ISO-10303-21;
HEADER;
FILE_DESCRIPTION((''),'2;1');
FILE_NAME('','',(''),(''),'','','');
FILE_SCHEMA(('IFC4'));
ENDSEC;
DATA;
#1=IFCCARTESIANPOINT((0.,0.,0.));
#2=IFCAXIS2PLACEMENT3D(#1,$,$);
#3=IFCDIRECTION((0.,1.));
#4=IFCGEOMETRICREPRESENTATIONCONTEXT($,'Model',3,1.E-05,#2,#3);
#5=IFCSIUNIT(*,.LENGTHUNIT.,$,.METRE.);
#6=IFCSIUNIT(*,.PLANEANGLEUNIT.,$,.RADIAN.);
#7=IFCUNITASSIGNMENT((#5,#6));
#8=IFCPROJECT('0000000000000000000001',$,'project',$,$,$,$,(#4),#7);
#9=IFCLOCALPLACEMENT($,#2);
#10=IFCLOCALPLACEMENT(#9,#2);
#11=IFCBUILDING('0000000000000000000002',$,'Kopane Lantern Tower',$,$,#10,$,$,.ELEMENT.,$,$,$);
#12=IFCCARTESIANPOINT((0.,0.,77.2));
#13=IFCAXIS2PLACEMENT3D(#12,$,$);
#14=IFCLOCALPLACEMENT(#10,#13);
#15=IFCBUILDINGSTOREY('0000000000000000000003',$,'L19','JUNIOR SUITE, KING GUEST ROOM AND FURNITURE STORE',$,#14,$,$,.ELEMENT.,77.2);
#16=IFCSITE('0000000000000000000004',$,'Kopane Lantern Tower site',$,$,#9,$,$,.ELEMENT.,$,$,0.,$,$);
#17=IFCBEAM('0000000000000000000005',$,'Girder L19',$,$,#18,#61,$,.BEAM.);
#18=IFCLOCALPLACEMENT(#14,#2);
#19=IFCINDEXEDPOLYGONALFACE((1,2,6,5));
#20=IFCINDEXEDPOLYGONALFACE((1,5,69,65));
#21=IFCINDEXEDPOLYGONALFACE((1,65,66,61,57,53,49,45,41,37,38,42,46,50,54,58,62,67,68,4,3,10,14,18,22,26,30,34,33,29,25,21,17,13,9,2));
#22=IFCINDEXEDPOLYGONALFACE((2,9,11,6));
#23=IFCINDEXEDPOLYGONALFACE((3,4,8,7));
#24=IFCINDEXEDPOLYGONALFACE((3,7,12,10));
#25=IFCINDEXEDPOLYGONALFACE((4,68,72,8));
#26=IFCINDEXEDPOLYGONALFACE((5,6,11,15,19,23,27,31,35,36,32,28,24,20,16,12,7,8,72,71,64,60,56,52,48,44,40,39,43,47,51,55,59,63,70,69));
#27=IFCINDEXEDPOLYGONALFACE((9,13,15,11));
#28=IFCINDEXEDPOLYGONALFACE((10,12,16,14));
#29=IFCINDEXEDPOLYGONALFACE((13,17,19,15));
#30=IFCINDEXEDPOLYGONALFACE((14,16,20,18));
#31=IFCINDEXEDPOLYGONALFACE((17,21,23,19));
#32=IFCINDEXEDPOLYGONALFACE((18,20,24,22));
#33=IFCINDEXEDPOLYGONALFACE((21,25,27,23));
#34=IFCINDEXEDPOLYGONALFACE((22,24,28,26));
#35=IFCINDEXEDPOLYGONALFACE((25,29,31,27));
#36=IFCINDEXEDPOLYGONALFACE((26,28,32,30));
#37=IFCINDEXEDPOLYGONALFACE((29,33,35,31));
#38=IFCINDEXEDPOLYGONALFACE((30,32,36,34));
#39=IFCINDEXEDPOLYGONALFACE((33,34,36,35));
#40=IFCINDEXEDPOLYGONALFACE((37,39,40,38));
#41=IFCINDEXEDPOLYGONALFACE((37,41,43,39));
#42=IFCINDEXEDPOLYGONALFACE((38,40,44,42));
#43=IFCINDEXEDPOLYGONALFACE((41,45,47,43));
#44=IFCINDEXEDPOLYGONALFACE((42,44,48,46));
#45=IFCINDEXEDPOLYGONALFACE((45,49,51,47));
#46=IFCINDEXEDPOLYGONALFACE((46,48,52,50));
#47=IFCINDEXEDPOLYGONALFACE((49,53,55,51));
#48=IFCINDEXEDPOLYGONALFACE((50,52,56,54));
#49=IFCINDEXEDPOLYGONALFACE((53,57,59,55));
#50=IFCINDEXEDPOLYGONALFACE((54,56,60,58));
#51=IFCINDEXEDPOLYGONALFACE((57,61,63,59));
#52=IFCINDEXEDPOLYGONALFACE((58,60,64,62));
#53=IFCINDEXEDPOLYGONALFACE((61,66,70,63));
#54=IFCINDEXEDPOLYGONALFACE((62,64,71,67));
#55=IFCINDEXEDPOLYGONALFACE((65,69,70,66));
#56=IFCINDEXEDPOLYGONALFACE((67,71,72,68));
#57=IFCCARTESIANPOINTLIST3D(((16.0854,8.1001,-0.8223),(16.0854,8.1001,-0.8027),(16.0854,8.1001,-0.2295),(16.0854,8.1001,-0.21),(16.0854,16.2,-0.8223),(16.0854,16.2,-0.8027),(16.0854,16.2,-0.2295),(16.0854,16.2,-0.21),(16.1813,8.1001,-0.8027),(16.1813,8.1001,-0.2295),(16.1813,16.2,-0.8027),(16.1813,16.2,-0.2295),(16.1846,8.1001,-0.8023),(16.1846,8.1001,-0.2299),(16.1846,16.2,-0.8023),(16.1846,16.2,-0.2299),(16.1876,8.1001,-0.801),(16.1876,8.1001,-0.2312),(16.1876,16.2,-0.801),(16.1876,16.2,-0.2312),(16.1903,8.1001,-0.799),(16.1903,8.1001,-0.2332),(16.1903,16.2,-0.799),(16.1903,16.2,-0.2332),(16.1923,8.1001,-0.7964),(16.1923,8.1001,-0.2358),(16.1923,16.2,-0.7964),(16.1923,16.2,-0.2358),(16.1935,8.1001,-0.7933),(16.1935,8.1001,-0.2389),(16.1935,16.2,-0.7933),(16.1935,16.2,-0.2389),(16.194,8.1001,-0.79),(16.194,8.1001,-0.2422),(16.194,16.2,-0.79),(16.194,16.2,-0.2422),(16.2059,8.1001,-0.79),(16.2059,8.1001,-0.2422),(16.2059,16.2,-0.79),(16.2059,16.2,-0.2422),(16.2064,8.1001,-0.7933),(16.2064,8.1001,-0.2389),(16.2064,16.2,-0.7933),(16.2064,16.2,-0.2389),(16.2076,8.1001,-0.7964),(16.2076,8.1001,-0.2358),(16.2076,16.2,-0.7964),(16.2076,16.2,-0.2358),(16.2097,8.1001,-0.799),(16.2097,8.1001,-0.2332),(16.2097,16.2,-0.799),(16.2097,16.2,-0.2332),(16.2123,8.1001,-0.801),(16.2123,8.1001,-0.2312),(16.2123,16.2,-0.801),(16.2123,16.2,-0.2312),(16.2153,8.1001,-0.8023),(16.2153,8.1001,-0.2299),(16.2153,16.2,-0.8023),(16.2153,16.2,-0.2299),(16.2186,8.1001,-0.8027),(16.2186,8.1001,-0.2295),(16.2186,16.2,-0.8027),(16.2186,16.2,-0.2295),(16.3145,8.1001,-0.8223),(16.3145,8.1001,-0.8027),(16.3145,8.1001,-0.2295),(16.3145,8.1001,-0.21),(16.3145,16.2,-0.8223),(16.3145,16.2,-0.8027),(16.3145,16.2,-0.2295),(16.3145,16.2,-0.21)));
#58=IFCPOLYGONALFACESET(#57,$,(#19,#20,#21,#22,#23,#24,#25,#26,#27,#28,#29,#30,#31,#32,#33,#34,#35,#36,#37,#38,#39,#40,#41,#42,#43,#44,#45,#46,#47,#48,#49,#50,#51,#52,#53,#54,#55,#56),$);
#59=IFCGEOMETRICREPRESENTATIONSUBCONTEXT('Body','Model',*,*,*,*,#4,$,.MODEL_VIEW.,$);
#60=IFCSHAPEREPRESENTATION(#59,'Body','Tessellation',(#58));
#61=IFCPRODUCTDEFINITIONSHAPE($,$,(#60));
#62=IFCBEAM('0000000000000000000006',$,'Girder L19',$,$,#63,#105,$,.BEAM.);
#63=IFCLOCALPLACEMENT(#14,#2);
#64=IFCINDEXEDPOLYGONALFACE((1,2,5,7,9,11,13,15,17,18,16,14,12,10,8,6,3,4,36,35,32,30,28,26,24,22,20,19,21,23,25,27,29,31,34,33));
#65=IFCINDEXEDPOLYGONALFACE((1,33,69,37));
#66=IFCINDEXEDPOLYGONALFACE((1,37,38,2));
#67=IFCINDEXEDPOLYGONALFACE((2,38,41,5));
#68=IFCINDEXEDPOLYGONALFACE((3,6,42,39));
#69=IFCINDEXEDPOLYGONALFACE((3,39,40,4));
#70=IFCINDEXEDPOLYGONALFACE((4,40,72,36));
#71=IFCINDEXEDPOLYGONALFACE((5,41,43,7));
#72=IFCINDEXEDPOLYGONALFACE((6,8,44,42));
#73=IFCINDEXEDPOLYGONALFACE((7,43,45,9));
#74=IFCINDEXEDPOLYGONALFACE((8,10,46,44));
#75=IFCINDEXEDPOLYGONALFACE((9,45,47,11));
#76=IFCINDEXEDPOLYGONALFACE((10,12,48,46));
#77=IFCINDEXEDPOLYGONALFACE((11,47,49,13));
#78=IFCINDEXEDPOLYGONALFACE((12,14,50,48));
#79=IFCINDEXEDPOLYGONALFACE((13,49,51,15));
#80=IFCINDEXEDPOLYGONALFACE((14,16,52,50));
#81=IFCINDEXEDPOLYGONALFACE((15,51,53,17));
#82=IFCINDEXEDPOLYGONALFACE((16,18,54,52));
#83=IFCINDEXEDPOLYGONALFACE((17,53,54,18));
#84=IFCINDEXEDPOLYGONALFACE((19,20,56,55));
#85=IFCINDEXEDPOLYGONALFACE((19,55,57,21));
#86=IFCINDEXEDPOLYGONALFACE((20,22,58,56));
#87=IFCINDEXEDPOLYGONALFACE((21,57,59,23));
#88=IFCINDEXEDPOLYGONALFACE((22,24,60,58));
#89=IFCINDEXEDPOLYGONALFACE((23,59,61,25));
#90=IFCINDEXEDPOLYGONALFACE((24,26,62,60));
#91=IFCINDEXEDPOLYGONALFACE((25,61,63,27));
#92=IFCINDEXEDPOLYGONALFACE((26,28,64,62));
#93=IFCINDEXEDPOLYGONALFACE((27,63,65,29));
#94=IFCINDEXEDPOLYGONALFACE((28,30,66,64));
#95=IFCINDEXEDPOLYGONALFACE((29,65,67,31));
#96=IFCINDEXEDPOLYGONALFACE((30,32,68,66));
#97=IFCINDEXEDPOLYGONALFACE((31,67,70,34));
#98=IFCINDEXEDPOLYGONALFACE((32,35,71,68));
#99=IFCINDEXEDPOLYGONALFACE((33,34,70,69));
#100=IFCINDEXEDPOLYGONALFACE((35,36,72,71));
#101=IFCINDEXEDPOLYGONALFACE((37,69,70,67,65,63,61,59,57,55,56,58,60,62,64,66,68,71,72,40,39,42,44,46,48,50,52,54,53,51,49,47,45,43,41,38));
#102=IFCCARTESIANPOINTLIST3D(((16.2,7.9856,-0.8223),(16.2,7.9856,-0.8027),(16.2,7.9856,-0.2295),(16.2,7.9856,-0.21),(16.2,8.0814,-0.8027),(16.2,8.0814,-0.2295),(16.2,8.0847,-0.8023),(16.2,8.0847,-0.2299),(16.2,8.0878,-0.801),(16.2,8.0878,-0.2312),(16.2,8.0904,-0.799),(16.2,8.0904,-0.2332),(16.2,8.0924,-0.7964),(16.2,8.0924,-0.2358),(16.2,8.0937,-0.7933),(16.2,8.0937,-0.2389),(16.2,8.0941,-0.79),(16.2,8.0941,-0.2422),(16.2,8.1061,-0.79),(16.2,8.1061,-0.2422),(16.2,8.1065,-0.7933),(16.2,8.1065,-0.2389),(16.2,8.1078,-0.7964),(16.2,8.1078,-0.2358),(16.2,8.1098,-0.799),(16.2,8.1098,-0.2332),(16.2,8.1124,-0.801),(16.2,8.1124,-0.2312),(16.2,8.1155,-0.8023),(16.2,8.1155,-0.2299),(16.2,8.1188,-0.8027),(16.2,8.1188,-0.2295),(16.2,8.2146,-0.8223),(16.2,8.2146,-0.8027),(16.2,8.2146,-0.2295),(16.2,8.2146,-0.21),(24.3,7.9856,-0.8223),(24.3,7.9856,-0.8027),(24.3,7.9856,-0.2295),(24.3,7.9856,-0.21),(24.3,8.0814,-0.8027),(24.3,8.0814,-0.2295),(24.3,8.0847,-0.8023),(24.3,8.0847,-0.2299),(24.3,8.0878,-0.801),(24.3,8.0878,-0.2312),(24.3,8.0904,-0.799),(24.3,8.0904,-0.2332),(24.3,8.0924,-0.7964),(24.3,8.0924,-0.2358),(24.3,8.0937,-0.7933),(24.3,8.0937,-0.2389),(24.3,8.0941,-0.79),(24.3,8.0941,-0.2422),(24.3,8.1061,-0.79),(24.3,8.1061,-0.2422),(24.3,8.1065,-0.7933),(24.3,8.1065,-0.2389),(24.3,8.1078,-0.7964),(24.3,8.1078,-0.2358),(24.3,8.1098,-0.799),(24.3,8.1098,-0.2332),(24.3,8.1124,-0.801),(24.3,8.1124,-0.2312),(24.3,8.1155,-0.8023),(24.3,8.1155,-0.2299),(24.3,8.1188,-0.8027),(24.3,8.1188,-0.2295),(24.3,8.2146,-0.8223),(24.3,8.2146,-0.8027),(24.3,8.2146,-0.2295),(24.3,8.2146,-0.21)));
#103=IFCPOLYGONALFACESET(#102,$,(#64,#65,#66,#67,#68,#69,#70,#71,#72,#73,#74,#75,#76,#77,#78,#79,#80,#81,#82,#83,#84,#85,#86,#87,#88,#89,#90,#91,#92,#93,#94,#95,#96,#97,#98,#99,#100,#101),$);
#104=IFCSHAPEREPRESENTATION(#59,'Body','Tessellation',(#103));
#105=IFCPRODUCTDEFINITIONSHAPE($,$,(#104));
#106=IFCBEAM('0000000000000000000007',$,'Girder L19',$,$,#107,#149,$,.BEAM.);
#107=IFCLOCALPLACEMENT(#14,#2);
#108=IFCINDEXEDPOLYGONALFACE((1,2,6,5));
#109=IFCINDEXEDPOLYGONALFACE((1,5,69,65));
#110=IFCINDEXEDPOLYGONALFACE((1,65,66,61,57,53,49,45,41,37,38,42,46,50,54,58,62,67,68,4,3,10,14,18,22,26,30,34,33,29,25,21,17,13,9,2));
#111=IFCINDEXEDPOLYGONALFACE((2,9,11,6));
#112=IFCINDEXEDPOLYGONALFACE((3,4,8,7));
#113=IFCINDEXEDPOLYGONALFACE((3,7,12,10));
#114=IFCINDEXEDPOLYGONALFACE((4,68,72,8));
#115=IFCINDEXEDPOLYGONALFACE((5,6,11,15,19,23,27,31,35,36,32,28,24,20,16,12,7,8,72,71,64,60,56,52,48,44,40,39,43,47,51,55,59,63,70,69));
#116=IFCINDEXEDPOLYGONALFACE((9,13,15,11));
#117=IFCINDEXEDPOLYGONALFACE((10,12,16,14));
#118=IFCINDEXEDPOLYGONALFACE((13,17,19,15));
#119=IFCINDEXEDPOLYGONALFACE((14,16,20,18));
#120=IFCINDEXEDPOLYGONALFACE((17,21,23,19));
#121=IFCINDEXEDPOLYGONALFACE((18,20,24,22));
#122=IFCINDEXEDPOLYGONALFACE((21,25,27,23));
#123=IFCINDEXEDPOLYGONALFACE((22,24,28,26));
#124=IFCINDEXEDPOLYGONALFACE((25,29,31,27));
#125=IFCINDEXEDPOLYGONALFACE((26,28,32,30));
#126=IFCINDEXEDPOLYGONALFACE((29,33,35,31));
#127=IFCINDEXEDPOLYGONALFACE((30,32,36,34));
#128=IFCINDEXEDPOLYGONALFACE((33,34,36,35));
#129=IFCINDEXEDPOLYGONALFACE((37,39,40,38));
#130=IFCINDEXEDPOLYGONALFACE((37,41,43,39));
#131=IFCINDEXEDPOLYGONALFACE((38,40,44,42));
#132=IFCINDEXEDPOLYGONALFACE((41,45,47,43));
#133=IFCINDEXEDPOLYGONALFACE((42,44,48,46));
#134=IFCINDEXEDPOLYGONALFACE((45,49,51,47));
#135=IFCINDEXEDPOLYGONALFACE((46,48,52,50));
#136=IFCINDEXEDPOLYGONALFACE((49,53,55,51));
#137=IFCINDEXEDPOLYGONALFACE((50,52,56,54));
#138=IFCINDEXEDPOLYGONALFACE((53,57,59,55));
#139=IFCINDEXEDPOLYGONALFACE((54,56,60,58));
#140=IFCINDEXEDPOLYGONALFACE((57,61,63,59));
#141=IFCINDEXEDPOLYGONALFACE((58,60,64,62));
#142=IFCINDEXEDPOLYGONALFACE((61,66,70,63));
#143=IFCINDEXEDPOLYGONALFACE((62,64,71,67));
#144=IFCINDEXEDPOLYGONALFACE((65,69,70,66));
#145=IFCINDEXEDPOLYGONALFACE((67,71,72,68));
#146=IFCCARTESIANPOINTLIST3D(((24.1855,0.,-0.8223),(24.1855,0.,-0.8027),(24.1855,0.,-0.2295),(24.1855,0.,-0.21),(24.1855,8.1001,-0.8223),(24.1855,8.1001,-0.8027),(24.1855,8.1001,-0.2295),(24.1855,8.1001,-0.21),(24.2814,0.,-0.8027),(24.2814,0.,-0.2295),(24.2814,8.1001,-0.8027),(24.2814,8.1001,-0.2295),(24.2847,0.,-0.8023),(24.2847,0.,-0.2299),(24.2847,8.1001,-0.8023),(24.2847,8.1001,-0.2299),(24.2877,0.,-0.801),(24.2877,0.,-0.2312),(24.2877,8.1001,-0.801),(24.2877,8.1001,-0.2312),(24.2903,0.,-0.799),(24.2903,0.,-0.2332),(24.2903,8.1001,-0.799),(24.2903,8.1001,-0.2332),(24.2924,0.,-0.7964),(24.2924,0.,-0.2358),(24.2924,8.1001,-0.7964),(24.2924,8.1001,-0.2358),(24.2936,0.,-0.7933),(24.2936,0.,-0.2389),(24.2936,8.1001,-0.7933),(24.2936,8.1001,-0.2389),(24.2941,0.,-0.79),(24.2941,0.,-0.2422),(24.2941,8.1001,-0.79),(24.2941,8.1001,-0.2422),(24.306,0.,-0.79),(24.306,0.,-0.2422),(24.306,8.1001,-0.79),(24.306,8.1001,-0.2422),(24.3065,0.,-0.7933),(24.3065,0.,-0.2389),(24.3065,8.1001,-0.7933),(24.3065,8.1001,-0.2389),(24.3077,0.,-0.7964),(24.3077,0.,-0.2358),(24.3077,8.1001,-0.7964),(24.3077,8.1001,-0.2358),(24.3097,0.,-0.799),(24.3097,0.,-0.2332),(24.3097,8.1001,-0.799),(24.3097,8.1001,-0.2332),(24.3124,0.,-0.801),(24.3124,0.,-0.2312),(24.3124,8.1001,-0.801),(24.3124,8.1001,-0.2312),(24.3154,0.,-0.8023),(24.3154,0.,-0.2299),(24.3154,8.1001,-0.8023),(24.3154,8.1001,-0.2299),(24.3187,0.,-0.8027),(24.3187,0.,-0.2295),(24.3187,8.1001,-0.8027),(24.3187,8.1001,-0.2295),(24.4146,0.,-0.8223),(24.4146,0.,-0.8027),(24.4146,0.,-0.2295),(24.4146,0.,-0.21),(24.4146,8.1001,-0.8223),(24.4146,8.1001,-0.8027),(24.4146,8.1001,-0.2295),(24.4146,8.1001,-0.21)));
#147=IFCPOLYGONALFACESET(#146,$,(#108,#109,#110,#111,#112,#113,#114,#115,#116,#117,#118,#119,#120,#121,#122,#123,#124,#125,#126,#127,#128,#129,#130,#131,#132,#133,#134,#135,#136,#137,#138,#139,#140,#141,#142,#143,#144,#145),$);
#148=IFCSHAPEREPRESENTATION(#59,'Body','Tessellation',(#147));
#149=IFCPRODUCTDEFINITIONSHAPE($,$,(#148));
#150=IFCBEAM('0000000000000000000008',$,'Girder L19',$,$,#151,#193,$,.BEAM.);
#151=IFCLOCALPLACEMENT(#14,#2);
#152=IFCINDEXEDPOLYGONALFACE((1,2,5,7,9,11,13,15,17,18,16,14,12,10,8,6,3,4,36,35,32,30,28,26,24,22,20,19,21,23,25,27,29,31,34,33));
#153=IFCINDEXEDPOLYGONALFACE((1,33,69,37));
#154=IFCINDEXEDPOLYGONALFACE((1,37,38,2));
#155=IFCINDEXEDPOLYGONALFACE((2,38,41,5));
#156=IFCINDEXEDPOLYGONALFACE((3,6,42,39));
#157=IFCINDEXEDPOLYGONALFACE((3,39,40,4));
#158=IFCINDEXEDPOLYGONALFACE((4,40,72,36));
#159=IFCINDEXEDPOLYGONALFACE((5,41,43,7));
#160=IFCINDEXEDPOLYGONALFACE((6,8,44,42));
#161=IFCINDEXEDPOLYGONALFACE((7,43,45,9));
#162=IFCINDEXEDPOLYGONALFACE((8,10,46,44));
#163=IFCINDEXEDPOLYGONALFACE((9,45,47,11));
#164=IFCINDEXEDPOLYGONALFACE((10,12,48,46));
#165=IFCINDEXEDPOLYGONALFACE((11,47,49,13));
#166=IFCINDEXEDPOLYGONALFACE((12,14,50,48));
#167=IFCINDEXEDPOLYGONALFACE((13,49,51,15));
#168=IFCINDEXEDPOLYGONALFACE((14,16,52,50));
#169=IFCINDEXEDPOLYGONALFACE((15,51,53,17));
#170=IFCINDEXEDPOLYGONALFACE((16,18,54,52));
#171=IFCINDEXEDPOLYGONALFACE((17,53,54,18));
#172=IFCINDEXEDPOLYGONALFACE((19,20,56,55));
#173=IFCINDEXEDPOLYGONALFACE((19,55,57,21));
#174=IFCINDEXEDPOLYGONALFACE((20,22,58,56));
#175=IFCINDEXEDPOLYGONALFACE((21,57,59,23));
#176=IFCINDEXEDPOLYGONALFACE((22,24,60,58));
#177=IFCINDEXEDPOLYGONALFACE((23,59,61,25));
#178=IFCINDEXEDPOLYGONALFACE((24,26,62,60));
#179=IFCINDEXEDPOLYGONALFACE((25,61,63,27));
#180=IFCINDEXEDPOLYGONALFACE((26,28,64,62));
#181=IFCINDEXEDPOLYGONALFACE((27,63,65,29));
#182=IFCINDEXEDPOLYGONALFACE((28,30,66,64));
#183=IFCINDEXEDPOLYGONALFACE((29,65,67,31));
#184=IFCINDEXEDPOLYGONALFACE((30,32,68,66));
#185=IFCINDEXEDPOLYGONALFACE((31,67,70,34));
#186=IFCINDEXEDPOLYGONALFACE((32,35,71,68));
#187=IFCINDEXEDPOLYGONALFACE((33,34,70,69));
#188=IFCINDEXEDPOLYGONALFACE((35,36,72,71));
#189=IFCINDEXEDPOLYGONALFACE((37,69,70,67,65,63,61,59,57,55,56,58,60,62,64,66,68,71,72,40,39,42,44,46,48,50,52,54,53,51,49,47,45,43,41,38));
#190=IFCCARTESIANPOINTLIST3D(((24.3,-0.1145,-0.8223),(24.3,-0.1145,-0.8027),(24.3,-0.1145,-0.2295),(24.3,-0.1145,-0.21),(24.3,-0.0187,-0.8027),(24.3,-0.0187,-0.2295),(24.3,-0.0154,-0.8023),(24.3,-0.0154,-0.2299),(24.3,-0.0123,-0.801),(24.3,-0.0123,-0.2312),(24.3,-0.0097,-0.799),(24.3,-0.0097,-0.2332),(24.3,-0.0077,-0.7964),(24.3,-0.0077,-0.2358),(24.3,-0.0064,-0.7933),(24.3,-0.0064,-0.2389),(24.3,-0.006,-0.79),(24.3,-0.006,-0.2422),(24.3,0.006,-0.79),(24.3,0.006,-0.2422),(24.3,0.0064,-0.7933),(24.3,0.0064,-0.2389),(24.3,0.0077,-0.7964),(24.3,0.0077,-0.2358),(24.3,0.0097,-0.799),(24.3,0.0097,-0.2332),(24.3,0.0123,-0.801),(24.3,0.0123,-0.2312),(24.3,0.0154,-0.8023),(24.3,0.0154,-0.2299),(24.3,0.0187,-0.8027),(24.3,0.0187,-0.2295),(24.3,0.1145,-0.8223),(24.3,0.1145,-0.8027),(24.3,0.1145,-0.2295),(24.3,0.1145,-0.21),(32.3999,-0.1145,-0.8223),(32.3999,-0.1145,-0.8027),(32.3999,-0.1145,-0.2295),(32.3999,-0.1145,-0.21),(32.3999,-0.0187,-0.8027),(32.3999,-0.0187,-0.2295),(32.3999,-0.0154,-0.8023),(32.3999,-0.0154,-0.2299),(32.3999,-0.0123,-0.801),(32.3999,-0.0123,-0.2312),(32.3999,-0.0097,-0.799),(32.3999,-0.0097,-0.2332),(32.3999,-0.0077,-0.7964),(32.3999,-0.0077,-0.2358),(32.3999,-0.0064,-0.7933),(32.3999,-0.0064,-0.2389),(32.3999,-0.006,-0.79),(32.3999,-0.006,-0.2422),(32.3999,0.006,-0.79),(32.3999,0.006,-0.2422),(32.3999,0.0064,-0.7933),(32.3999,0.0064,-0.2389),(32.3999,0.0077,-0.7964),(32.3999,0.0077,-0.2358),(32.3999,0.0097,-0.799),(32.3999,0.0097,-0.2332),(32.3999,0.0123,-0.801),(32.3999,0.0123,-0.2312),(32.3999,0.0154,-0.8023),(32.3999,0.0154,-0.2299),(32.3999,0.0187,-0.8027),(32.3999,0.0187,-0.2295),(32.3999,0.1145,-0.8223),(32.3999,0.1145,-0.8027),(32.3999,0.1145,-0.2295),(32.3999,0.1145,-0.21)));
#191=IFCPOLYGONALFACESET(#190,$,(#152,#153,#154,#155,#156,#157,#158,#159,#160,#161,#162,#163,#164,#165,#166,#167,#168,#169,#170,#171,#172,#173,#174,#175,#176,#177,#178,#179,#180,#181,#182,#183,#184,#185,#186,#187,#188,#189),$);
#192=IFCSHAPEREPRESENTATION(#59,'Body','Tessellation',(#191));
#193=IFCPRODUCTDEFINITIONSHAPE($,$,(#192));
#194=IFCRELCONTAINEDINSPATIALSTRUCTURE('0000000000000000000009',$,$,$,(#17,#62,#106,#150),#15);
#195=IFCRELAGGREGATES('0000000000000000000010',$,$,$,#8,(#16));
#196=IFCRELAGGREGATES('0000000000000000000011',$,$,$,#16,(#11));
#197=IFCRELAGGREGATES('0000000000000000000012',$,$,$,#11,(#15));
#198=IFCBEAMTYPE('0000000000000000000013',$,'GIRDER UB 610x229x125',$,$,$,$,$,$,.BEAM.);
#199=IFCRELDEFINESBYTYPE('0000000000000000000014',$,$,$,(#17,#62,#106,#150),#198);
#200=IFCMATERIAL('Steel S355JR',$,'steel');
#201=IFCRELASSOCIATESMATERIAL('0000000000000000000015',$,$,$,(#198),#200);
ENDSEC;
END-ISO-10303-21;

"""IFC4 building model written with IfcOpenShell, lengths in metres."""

from ifc_helpers import new_model, si_unit, direction, frame, origin, origin_2d, place, context, subcontext, project, spatial, i_section, extrude, material, material_profile, profile_set, type_object, element, save


model = new_model("IFC4")

# Units and contexts
model_context = context("Model", 3, precision=1e-05, world=origin(), true_north=direction((0.0, 1.0)))
body_context = subcontext(model_context, "Body", "Model", "MODEL_VIEW")
ifc_project = project(units=[si_unit("LENGTHUNIT", "METRE"), si_unit("PLANEANGLEUNIT", "RADIAN")], contexts=[model_context])

# Site, building, storey
site_placement = place(None, origin())
site = spatial("IfcSite", under=ifc_project, at=site_placement, Name="Kopane Lantern Tower site", CompositionType="ELEMENT", RefElevation=0.0)
building_placement = place(site_placement, origin())
building = spatial("IfcBuilding", under=site, at=building_placement, Name="Kopane Lantern Tower", CompositionType="ELEMENT")
storey_placement = place(building_placement, frame((0.0, 0.0, 77.2)))
storey = spatial("IfcBuildingStorey", under=building, at=storey_placement, Name="L19", Description="JUNIOR SUITE, KING GUEST ROOM AND FURNITURE STORE", CompositionType="ELEMENT", Elevation=77.2)

# Beams
ifc_material_1 = material(Name="Steel S355JR", Category="steel")
ifc_material_profile_1 = material_profile(ifc_material_1, i_section(OverallWidth=0.229, OverallDepth=0.6123, WebThickness=0.012, FlangeThickness=0.0195, FilletRadius=0.0127, at=origin_2d()), Name="UB 610x229x125")
ifc_profile_set_1 = profile_set([ifc_material_profile_1], Name="Steel S355JR")
beam_type = type_object("IfcBeamType", Name="GIRDER UB 610x229x125", PredefinedType="BEAM", material=ifc_profile_set_1)
beam_placement = place(storey_placement, frame((16.2, 8.1001, -0.5161), z_axis=(0.0, 1.0, 0.0), x_axis=(-1.0, 0.0, 0.0)))
element("IfcBeam", 1, at=beam_placement, inside=storey, type_object=beam_type, Name="Girder L19", PredefinedType="BEAM", context=body_context, shape_type="SweptSolid", body=[
    extrude(i_section(OverallWidth=0.229, OverallDepth=0.6123, WebThickness=0.012, FlangeThickness=0.0195, FilletRadius=0.0127, at=origin_2d()), origin(), (0.0, 0.0, 1.0), 8.0999),
])
for number, where, z_axis, x_axis, name in (
    (2, (16.2, 8.1001, -0.5161), (1.0, 0.0, 0.0), (0.0, 1.0, 0.0), "Girder L19"),
    (3, (24.3, 0.0, -0.5161), (0.0, 1.0, 0.0), (-1.0, 0.0, 0.0), "Girder L19"),
):
    element("IfcBeam", number, at=place(storey_placement, frame(where, z_axis=z_axis, x_axis=x_axis)), inside=storey, type_object=beam_type, Name=name, PredefinedType="BEAM", context=body_context, shape_type="SweptSolid", body=[
        extrude(i_section(OverallWidth=0.229, OverallDepth=0.6123, WebThickness=0.012, FlangeThickness=0.0195, FilletRadius=0.0127, at=origin_2d()), origin(), (0.0, 0.0, 1.0), 8.1001),
    ])
for number, where, z_axis, x_axis, name in (
    (4, (24.3, 0.0, -0.5161), (1.0, 0.0, 0.0), (0.0, 1.0, 0.0), "Girder L19"),
):
    element("IfcBeam", number, at=place(storey_placement, frame(where, z_axis=z_axis, x_axis=x_axis)), inside=storey, type_object=beam_type, Name=name, PredefinedType="BEAM", context=body_context, shape_type="SweptSolid", body=[
        extrude(i_section(OverallWidth=0.229, OverallDepth=0.6123, WebThickness=0.012, FlangeThickness=0.0195, FilletRadius=0.0127, at=origin_2d()), origin(), (0.0, 0.0, 1.0), 8.0999),
    ])

save(model, "model.ifc")
